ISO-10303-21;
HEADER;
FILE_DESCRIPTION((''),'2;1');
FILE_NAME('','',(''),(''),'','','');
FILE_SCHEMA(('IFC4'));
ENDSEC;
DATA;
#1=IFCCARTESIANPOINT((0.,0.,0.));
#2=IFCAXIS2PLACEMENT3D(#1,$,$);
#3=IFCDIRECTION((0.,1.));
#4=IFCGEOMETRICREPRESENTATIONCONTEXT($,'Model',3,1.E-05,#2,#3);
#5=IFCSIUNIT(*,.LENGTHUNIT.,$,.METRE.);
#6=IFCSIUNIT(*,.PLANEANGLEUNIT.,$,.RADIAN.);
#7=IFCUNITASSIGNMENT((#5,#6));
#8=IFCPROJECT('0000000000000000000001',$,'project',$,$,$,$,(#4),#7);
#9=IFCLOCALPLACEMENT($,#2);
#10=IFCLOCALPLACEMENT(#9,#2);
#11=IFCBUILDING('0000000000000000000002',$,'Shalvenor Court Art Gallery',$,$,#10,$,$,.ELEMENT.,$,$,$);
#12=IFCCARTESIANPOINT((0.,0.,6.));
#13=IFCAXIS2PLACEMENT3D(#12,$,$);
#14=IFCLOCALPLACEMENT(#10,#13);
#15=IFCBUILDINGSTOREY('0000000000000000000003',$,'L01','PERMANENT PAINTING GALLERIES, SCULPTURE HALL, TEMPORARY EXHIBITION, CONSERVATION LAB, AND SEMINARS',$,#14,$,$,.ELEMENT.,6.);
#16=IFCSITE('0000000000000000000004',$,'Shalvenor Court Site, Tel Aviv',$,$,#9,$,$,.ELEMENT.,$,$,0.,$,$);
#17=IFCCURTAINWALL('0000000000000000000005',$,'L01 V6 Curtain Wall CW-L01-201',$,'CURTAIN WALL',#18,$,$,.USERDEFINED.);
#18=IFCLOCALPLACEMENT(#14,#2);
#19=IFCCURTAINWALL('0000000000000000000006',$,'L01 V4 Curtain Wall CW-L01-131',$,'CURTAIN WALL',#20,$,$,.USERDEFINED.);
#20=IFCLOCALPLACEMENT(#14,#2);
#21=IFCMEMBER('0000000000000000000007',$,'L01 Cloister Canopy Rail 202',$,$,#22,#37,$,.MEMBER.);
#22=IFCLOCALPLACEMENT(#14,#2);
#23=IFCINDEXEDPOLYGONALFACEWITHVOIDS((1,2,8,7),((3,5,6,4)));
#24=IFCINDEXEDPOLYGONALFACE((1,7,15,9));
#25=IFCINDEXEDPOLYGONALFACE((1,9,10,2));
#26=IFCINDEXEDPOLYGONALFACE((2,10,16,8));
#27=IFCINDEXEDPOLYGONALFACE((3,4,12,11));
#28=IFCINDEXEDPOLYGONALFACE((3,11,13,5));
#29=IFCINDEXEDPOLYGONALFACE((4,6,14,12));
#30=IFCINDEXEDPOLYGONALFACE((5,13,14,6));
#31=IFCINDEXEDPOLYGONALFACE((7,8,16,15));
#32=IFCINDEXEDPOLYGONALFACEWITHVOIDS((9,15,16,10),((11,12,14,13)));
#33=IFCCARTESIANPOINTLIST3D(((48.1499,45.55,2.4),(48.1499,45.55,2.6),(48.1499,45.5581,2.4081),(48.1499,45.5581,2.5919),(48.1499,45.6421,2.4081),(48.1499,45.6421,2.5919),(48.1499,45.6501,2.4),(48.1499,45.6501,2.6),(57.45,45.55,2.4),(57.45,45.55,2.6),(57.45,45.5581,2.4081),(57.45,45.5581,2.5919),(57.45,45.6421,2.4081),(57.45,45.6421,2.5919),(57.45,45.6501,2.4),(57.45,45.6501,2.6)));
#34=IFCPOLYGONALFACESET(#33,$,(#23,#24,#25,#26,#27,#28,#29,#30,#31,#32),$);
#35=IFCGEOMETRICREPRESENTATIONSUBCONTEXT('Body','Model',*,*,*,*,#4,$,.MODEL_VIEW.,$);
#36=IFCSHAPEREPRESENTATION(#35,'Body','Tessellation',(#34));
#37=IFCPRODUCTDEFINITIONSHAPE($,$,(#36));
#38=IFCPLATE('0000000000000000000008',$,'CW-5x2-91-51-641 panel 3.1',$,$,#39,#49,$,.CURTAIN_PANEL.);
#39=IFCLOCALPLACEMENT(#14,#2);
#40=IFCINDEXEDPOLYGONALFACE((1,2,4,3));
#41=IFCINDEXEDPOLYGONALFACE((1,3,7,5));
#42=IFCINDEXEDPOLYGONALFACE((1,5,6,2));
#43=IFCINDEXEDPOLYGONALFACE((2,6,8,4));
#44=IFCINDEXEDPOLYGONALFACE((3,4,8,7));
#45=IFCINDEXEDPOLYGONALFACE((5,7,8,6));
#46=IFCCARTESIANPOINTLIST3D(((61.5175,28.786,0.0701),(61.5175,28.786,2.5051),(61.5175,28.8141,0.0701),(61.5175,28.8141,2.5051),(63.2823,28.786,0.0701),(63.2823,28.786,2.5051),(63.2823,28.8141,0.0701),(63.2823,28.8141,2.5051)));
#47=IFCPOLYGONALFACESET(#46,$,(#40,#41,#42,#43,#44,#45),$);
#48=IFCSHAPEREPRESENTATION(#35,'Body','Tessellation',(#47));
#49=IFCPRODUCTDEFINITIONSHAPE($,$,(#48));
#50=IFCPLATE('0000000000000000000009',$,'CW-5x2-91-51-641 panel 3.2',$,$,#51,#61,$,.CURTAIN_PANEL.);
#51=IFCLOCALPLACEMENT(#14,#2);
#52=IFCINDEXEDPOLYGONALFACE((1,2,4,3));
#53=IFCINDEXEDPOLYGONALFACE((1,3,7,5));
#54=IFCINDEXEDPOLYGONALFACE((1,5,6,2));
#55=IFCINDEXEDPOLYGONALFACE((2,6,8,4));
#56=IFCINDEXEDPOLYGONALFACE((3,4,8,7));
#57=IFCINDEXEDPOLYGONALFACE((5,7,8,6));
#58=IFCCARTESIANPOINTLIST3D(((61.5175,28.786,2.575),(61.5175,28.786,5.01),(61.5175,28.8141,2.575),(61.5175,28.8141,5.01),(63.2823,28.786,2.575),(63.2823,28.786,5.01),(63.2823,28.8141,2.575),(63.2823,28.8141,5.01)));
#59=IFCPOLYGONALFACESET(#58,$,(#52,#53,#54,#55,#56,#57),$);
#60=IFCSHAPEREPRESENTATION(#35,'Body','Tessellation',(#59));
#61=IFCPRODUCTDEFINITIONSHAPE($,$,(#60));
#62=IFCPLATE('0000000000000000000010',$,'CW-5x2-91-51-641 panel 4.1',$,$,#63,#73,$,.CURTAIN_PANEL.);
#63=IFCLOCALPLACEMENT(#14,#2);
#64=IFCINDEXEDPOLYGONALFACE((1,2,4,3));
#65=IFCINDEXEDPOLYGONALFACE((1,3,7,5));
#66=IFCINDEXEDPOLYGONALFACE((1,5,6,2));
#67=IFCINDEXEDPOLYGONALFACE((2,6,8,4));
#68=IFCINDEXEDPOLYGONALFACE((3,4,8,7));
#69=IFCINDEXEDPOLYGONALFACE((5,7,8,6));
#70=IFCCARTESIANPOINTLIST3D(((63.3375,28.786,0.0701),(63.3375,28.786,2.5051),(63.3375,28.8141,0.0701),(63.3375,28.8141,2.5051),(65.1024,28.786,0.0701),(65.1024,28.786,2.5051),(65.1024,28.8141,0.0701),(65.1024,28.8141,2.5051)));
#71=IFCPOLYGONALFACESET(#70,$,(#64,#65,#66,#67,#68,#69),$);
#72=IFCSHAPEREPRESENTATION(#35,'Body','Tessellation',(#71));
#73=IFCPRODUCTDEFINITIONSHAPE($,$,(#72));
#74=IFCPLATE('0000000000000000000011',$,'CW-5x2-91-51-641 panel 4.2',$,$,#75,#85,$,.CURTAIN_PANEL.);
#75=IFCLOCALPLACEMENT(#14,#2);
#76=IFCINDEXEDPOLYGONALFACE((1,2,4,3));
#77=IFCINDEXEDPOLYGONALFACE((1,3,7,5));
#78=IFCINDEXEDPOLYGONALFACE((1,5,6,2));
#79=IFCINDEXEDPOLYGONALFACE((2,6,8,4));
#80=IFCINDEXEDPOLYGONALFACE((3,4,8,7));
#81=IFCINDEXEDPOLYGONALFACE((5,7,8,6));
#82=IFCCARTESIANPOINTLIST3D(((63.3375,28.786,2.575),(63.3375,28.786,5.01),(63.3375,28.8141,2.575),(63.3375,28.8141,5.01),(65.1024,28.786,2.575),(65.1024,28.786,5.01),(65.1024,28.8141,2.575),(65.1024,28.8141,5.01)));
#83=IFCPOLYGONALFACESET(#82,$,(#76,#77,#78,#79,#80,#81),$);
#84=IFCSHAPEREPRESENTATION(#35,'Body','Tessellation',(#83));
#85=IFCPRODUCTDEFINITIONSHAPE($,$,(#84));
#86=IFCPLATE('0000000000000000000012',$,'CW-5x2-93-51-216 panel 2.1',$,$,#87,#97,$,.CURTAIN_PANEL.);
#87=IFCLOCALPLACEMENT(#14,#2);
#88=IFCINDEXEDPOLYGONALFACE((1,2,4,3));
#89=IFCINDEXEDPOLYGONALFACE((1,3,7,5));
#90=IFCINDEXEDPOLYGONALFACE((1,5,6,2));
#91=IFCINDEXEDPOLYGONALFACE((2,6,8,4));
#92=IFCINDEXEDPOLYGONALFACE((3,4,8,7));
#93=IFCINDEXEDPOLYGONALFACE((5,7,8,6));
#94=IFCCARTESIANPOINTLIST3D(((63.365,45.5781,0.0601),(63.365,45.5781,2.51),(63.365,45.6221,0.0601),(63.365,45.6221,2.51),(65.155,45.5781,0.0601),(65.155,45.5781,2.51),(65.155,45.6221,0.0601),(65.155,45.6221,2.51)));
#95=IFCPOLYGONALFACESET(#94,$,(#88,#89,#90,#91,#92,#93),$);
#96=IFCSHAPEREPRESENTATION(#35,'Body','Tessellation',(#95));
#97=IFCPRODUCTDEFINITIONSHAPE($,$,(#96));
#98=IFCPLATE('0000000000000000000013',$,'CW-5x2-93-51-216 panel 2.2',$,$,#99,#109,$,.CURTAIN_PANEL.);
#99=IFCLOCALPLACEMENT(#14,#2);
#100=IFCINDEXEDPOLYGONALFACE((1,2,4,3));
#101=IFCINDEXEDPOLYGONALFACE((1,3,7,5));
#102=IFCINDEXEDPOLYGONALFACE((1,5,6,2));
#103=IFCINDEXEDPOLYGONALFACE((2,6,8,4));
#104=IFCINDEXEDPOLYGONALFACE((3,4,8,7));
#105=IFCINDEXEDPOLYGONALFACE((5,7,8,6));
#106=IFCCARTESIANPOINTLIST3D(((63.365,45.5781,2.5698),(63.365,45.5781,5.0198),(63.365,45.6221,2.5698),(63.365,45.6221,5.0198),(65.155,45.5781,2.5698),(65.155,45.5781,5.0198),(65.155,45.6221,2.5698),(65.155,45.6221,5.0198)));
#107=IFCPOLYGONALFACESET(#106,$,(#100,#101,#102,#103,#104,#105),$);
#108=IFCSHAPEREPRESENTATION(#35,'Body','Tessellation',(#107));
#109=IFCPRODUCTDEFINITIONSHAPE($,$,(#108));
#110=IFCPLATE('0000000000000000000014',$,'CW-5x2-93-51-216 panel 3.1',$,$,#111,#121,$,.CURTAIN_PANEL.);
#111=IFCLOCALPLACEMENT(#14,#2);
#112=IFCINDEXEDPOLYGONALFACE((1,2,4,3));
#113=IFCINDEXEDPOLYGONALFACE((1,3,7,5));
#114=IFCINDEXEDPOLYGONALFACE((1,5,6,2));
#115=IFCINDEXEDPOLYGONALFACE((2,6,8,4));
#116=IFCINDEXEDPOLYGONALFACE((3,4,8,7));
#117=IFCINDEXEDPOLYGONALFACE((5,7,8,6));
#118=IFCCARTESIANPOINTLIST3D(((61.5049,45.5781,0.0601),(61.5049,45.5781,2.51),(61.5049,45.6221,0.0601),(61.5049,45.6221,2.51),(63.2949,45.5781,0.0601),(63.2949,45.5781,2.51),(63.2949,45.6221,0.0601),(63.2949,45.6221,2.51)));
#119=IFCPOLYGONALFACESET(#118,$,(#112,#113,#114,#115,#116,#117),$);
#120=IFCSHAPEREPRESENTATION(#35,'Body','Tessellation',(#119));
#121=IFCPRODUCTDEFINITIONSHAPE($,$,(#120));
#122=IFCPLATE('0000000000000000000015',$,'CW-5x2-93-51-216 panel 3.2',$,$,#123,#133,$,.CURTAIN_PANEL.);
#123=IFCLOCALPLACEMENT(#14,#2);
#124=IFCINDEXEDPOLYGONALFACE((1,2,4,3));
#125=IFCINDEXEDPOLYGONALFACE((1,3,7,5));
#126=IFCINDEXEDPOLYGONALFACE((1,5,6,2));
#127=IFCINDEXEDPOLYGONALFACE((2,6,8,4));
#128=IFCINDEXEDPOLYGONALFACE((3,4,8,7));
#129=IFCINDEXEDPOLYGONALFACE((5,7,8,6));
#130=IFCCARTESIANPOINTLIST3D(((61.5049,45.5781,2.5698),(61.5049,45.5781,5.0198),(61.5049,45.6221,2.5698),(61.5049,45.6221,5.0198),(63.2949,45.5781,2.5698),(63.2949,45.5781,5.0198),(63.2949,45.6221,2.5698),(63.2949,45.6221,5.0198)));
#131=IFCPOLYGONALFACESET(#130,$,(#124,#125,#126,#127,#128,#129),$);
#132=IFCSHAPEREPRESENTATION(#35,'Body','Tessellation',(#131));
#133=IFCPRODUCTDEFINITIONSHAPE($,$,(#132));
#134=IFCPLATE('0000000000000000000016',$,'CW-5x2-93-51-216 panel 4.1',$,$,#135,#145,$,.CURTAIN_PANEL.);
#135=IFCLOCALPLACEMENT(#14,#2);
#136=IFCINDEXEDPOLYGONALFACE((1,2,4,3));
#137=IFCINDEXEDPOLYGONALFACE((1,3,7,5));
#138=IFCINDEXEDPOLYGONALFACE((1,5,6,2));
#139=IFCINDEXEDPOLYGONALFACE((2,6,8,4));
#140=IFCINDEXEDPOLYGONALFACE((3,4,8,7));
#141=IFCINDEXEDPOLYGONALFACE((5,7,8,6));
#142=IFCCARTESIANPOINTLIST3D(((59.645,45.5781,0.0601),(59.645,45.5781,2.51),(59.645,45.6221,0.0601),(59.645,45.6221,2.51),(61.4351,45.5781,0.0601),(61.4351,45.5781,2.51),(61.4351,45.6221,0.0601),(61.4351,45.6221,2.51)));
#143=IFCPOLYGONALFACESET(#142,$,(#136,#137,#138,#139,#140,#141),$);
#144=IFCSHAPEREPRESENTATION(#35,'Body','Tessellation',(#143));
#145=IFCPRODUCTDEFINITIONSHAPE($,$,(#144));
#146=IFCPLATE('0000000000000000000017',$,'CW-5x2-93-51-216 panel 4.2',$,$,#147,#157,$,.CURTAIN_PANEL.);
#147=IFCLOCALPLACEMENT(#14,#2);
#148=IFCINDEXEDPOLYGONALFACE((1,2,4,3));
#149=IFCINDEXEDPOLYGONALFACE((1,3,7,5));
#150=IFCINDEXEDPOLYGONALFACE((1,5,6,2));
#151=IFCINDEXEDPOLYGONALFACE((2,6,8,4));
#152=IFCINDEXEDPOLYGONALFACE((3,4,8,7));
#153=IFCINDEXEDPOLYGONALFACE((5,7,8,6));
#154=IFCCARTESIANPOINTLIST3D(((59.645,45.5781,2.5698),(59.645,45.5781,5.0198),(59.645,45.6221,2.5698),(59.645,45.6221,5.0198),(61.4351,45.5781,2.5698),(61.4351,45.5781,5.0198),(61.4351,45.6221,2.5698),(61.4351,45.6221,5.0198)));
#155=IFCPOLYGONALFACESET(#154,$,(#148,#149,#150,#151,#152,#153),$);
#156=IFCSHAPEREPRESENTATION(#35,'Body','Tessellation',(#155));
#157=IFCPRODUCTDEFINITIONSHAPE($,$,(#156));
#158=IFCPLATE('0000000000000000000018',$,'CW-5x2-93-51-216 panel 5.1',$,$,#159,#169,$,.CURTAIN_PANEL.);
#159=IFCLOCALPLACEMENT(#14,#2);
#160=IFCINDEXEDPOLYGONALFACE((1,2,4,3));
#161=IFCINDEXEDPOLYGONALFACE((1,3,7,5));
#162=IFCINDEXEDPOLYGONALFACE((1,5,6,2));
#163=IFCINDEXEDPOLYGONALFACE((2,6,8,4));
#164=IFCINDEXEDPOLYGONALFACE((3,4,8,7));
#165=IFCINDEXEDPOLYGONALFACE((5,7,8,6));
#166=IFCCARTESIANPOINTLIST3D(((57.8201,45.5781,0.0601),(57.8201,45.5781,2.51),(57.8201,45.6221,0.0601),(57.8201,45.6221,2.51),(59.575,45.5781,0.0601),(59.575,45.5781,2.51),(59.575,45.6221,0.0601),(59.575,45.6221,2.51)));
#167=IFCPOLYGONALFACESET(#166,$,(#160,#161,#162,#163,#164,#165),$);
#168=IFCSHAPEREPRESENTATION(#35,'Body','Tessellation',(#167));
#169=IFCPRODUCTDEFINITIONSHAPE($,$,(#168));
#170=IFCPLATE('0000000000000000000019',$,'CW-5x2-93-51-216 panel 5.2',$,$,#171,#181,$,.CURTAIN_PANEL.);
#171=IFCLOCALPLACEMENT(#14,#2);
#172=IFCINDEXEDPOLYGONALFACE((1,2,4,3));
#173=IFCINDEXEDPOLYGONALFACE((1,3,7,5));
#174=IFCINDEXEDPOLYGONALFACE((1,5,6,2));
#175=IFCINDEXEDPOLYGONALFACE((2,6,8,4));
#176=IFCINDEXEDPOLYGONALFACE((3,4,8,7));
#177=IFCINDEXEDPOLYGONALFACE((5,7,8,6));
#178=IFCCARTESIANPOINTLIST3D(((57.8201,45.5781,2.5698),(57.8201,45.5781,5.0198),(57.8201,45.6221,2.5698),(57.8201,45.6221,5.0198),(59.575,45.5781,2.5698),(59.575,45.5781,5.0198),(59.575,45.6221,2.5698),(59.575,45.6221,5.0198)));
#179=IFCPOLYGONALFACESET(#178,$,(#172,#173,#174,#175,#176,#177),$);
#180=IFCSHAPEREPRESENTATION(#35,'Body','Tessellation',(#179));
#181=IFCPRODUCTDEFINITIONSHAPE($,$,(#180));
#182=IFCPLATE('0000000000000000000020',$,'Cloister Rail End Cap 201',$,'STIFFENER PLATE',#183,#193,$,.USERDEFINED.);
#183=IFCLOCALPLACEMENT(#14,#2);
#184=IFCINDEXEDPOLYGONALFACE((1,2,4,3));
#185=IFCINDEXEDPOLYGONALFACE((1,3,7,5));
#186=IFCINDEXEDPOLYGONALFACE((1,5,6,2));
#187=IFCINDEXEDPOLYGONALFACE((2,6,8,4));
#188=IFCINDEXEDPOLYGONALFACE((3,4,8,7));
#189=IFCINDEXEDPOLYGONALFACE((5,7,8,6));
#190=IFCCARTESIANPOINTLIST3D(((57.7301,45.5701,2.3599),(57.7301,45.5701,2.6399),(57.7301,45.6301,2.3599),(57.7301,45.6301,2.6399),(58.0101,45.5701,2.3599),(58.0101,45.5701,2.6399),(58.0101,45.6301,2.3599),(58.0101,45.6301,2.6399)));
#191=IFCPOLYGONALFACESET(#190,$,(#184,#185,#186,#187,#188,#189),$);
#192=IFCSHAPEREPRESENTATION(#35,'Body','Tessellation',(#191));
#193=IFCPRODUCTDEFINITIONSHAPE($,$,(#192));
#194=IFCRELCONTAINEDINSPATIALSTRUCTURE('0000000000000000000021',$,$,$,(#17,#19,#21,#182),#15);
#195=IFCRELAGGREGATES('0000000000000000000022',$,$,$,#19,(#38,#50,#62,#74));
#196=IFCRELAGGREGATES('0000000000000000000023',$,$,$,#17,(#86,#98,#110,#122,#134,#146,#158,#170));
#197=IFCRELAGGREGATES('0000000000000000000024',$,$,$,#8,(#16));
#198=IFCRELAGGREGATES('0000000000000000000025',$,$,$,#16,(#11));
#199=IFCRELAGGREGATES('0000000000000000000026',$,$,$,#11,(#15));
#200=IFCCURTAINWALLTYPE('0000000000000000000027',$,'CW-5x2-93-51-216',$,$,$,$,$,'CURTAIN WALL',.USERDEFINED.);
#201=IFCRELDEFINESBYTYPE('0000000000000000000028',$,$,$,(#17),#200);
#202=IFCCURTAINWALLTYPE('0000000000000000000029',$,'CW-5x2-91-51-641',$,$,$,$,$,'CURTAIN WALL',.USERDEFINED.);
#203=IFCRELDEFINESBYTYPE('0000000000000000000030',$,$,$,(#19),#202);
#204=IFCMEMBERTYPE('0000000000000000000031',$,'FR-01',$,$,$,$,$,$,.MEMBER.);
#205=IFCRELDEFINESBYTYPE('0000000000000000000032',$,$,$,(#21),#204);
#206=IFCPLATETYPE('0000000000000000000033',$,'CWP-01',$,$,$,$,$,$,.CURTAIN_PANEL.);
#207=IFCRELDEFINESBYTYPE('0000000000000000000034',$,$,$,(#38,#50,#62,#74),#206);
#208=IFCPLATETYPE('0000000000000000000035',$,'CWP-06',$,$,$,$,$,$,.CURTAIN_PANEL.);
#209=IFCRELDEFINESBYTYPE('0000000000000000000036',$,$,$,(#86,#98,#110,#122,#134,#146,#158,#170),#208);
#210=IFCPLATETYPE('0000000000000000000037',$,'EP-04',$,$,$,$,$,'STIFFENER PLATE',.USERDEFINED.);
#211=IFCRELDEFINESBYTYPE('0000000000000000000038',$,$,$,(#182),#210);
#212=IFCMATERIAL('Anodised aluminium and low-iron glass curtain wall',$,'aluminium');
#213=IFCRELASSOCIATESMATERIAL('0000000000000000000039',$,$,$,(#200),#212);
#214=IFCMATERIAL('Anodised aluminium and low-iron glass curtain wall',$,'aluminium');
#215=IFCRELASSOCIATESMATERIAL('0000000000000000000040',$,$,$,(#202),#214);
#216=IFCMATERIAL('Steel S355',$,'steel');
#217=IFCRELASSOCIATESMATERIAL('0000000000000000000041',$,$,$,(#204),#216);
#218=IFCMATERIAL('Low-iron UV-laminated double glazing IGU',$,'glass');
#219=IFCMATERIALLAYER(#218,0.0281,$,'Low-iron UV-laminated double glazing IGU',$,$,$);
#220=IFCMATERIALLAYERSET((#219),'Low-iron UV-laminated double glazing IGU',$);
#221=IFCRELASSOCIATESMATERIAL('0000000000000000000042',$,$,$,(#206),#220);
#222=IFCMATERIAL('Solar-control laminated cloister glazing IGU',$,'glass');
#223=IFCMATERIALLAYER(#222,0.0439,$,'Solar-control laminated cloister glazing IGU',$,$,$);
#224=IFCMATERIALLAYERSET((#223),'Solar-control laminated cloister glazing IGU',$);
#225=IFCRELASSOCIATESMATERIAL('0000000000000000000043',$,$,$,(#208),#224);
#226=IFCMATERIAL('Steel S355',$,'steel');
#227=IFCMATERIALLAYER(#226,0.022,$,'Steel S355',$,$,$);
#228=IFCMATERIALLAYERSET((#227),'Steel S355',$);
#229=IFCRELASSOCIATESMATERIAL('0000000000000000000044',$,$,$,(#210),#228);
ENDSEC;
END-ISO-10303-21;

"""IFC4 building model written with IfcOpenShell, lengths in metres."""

from ifc_helpers import new_model, si_unit, direction, frame, origin, origin_2d, place, context, subcontext, project, spatial, rectangle, hollow_rectangle, extrude, material, layer, layer_set, material_profile, profile_set, type_object, element, aggregate, save


model = new_model("IFC4")

# Units and contexts
model_context = context("Model", 3, precision=1e-05, world=origin(), true_north=direction((0.0, 1.0)))
body_context = subcontext(model_context, "Body", "Model", "MODEL_VIEW")
ifc_project = project(units=[si_unit("LENGTHUNIT", "METRE"), si_unit("PLANEANGLEUNIT", "RADIAN")], contexts=[model_context])

# Site, building, storey
site_placement = place(None, origin())
site = spatial("IfcSite", under=ifc_project, at=site_placement, Name="Shalvenor Court Site, Tel Aviv", CompositionType="ELEMENT", RefElevation=0.0)
building_placement = place(site_placement, origin())
building = spatial("IfcBuilding", under=site, at=building_placement, Name="Shalvenor Court Art Gallery", CompositionType="ELEMENT")
storey_placement = place(building_placement, frame((0.0, 0.0, 6.0)))
storey = spatial("IfcBuildingStorey", under=building, at=storey_placement, Name="L01", Description="PERMANENT PAINTING GALLERIES, SCULPTURE HALL, TEMPORARY EXHIBITION, CONSERVATION LAB, AND SEMINARS", CompositionType="ELEMENT", Elevation=6.0)

# Curtain wall
ifc_material_1 = material(Name="Anodised aluminium and low-iron glass curtain wall", Category="aluminium")
curtain_wall_type_1 = type_object("IfcCurtainWallType", Name="CW-5x2-93-51-216", ElementType="CURTAIN WALL", PredefinedType="USERDEFINED", material=ifc_material_1)
curtain_wall_1_placement = place(storey_placement, origin())
curtain_wall_1 = element("IfcCurtainWall", 1, at=curtain_wall_1_placement, inside=storey, type_object=curtain_wall_type_1, Name="L01 V6 Curtain Wall CW-L01-201", ObjectType="CURTAIN WALL", PredefinedType="USERDEFINED")

# Curtain wall
ifc_material_2 = material(Name="Anodised aluminium and low-iron glass curtain wall", Category="aluminium")
curtain_wall_type_2 = type_object("IfcCurtainWallType", Name="CW-5x2-91-51-641", ElementType="CURTAIN WALL", PredefinedType="USERDEFINED", material=ifc_material_2)
curtain_wall_2_placement = place(storey_placement, origin())
curtain_wall_2 = element("IfcCurtainWall", 2, at=curtain_wall_2_placement, inside=storey, type_object=curtain_wall_type_2, Name="L01 V4 Curtain Wall CW-L01-131", ObjectType="CURTAIN WALL", PredefinedType="USERDEFINED")

# Member
ifc_material_3 = material(Name="Steel S355", Category="steel")
ifc_material_profile_1 = material_profile(ifc_material_3, hollow_rectangle(XDim=0.1001, YDim=0.2, WallThickness=0.0081, at=origin_2d()), Name="RHS 200x100x8.0")
ifc_profile_set_1 = profile_set([ifc_material_profile_1], Name="Steel S355")
member_type_1 = type_object("IfcMemberType", Name="FR-01", PredefinedType="MEMBER", material=ifc_profile_set_1)
member_1_placement = place(storey_placement, frame((57.45, 45.6001, 2.5), z_axis=(-1.0, 0.0, 0.0), x_axis=(0.0, -1.0, 0.0)))
element("IfcMember", 3, at=member_1_placement, inside=storey, type_object=member_type_1, Name="L01 Cloister Canopy Rail 202", PredefinedType="MEMBER", context=body_context, shape_type="SweptSolid", body=[
    extrude(hollow_rectangle(XDim=0.1001, YDim=0.2, WallThickness=0.0081, at=origin_2d()), origin(), (0.0, 0.0, 1.0), 9.3),
])

# Plates
ifc_material_4 = material(Name="Low-iron UV-laminated double glazing IGU", Category="glass")
ifc_layer_1 = layer(ifc_material_4, 0.0281, Name="Low-iron UV-laminated double glazing IGU")
ifc_layer_set_1 = layer_set([ifc_layer_1], Name="Low-iron UV-laminated double glazing IGU")
plate_type_1 = type_object("IfcPlateType", Name="CWP-01", PredefinedType="CURTAIN_PANEL", material=ifc_layer_set_1)
plate_1_placement = place(storey_placement, frame((62.3999, 28.8, 0.0701), z_axis=(0.0, 0.0, 1.0), x_axis=(1.0, 0.0, 0.0)))
plate_1 = element("IfcPlate", 4, at=plate_1_placement, type_object=plate_type_1, Name="CW-5x2-91-51-641 panel 3.1", PredefinedType="CURTAIN_PANEL", context=body_context, shape_type="SweptSolid", body=[
    extrude(rectangle(XDim=1.7649, YDim=0.0281, at=origin_2d()), origin(), (0.0, 0.0, 1.0), 2.4351),
])
plate_2_placement = place(storey_placement, frame((62.3999, 28.8, 2.575), z_axis=(0.0, 0.0, 1.0), x_axis=(1.0, 0.0, 0.0)))
plate_2 = element("IfcPlate", 5, at=plate_2_placement, type_object=plate_type_1, Name="CW-5x2-91-51-641 panel 3.2", PredefinedType="CURTAIN_PANEL", context=body_context, shape_type="SweptSolid", body=[
    extrude(rectangle(XDim=1.7649, YDim=0.0281, at=origin_2d()), origin(), (0.0, 0.0, 1.0), 2.4351),
])
plate_3_placement = place(storey_placement, frame((64.22, 28.8, 0.0701), z_axis=(0.0, 0.0, 1.0), x_axis=(1.0, 0.0, 0.0)))
plate_3 = element("IfcPlate", 6, at=plate_3_placement, type_object=plate_type_1, Name="CW-5x2-91-51-641 panel 4.1", PredefinedType="CURTAIN_PANEL", context=body_context, shape_type="SweptSolid", body=[
    extrude(rectangle(XDim=1.7649, YDim=0.0281, at=origin_2d()), origin(), (0.0, 0.0, 1.0), 2.4351),
])
plate_4_placement = place(storey_placement, frame((64.22, 28.8, 2.575), z_axis=(0.0, 0.0, 1.0), x_axis=(1.0, 0.0, 0.0)))
plate_4 = element("IfcPlate", 7, at=plate_4_placement, type_object=plate_type_1, Name="CW-5x2-91-51-641 panel 4.2", PredefinedType="CURTAIN_PANEL", context=body_context, shape_type="SweptSolid", body=[
    extrude(rectangle(XDim=1.7649, YDim=0.0281, at=origin_2d()), origin(), (0.0, 0.0, 1.0), 2.4351),
])
aggregate(curtain_wall_2, [plate_1, plate_2, plate_3, plate_4])
ifc_material_5 = material(Name="Solar-control laminated cloister glazing IGU", Category="glass")
ifc_layer_2 = layer(ifc_material_5, 0.0439, Name="Solar-control laminated cloister glazing IGU")
ifc_layer_set_2 = layer_set([ifc_layer_2], Name="Solar-control laminated cloister glazing IGU")
plate_type_2 = type_object("IfcPlateType", Name="CWP-06", PredefinedType="CURTAIN_PANEL", material=ifc_layer_set_2)
plate_5_placement = place(storey_placement, frame((64.26, 45.6001, 0.0601), z_axis=(0.0, 0.0, 1.0), x_axis=(-1.0, 0.0, 0.0)))
plate_5 = element("IfcPlate", 8, at=plate_5_placement, type_object=plate_type_2, Name="CW-5x2-93-51-216 panel 2.1", PredefinedType="CURTAIN_PANEL", context=body_context, shape_type="SweptSolid", body=[
    extrude(rectangle(XDim=1.79, YDim=0.0439, at=origin_2d()), origin(), (0.0, 0.0, 1.0), 2.45),
])
plate_6_placement = place(storey_placement, frame((64.26, 45.6001, 2.5698), z_axis=(0.0, 0.0, 1.0), x_axis=(-1.0, 0.0, 0.0)))
plate_6 = element("IfcPlate", 9, at=plate_6_placement, type_object=plate_type_2, Name="CW-5x2-93-51-216 panel 2.2", PredefinedType="CURTAIN_PANEL", context=body_context, shape_type="SweptSolid", body=[
    extrude(rectangle(XDim=1.79, YDim=0.0439, at=origin_2d()), origin(), (0.0, 0.0, 1.0), 2.45),
])
plate_7_placement = place(storey_placement, frame((62.3999, 45.6001, 0.0601), z_axis=(0.0, 0.0, 1.0), x_axis=(-1.0, 0.0, 0.0)))
plate_7 = element("IfcPlate", 10, at=plate_7_placement, type_object=plate_type_2, Name="CW-5x2-93-51-216 panel 3.1", PredefinedType="CURTAIN_PANEL", context=body_context, shape_type="SweptSolid", body=[
    extrude(rectangle(XDim=1.79, YDim=0.0439, at=origin_2d()), origin(), (0.0, 0.0, 1.0), 2.45),
])
plate_8_placement = place(storey_placement, frame((62.3999, 45.6001, 2.5698), z_axis=(0.0, 0.0, 1.0), x_axis=(-1.0, 0.0, 0.0)))
plate_8 = element("IfcPlate", 11, at=plate_8_placement, type_object=plate_type_2, Name="CW-5x2-93-51-216 panel 3.2", PredefinedType="CURTAIN_PANEL", context=body_context, shape_type="SweptSolid", body=[
    extrude(rectangle(XDim=1.79, YDim=0.0439, at=origin_2d()), origin(), (0.0, 0.0, 1.0), 2.45),
])
plate_9_placement = place(storey_placement, frame((60.54, 45.6001, 0.0601), z_axis=(0.0, 0.0, 1.0), x_axis=(-1.0, 0.0, 0.0)))
plate_9 = element("IfcPlate", 12, at=plate_9_placement, type_object=plate_type_2, Name="CW-5x2-93-51-216 panel 4.1", PredefinedType="CURTAIN_PANEL", context=body_context, shape_type="SweptSolid", body=[
    extrude(rectangle(XDim=1.79, YDim=0.0439, at=origin_2d()), origin(), (0.0, 0.0, 1.0), 2.45),
])
plate_10_placement = place(storey_placement, frame((60.54, 45.6001, 2.5698), z_axis=(0.0, 0.0, 1.0), x_axis=(-1.0, 0.0, 0.0)))
plate_10 = element("IfcPlate", 13, at=plate_10_placement, type_object=plate_type_2, Name="CW-5x2-93-51-216 panel 4.2", PredefinedType="CURTAIN_PANEL", context=body_context, shape_type="SweptSolid", body=[
    extrude(rectangle(XDim=1.79, YDim=0.0439, at=origin_2d()), origin(), (0.0, 0.0, 1.0), 2.45),
])
plate_11_placement = place(storey_placement, frame((58.6975, 45.6001, 0.0601), z_axis=(0.0, 0.0, 1.0), x_axis=(-1.0, 0.0, 0.0)))
plate_11 = element("IfcPlate", 14, at=plate_11_placement, type_object=plate_type_2, Name="CW-5x2-93-51-216 panel 5.1", PredefinedType="CURTAIN_PANEL", context=body_context, shape_type="SweptSolid", body=[
    extrude(rectangle(XDim=1.7549, YDim=0.0439, at=origin_2d()), origin(), (0.0, 0.0, 1.0), 2.45),
])
plate_12_placement = place(storey_placement, frame((58.6975, 45.6001, 2.5698), z_axis=(0.0, 0.0, 1.0), x_axis=(-1.0, 0.0, 0.0)))
plate_12 = element("IfcPlate", 15, at=plate_12_placement, type_object=plate_type_2, Name="CW-5x2-93-51-216 panel 5.2", PredefinedType="CURTAIN_PANEL", context=body_context, shape_type="SweptSolid", body=[
    extrude(rectangle(XDim=1.7549, YDim=0.0439, at=origin_2d()), origin(), (0.0, 0.0, 1.0), 2.45),
])
aggregate(curtain_wall_1, [plate_5, plate_6, plate_7, plate_8, plate_9, plate_10, plate_11, plate_12])

# Plate
ifc_material_6 = material(Name="Steel S355", Category="steel")
ifc_layer_3 = layer(ifc_material_6, 0.022, Name="Steel S355")
ifc_layer_set_3 = layer_set([ifc_layer_3], Name="Steel S355")
plate_type_3 = type_object("IfcPlateType", Name="EP-04", ElementType="STIFFENER PLATE", PredefinedType="USERDEFINED", material=ifc_layer_set_3)
for number, where, z_axis, x_axis, name in (
    (16, (57.8701, 45.6001, 2.3599), (0.0, 0.0, 1.0), (1.0, 0.0, 0.0), "Cloister Rail End Cap 201"),
):
    element("IfcPlate", number, at=place(storey_placement, frame(where, z_axis=z_axis, x_axis=x_axis)), inside=storey, type_object=plate_type_3, Name=name, ObjectType="STIFFENER PLATE", PredefinedType="USERDEFINED", context=body_context, shape_type="SweptSolid", body=[
        extrude(rectangle(XDim=0.28, YDim=0.0601, at=origin_2d()), origin(), (0.0, 0.0, 1.0), 0.28),
    ])

save(model, "model.ifc")
